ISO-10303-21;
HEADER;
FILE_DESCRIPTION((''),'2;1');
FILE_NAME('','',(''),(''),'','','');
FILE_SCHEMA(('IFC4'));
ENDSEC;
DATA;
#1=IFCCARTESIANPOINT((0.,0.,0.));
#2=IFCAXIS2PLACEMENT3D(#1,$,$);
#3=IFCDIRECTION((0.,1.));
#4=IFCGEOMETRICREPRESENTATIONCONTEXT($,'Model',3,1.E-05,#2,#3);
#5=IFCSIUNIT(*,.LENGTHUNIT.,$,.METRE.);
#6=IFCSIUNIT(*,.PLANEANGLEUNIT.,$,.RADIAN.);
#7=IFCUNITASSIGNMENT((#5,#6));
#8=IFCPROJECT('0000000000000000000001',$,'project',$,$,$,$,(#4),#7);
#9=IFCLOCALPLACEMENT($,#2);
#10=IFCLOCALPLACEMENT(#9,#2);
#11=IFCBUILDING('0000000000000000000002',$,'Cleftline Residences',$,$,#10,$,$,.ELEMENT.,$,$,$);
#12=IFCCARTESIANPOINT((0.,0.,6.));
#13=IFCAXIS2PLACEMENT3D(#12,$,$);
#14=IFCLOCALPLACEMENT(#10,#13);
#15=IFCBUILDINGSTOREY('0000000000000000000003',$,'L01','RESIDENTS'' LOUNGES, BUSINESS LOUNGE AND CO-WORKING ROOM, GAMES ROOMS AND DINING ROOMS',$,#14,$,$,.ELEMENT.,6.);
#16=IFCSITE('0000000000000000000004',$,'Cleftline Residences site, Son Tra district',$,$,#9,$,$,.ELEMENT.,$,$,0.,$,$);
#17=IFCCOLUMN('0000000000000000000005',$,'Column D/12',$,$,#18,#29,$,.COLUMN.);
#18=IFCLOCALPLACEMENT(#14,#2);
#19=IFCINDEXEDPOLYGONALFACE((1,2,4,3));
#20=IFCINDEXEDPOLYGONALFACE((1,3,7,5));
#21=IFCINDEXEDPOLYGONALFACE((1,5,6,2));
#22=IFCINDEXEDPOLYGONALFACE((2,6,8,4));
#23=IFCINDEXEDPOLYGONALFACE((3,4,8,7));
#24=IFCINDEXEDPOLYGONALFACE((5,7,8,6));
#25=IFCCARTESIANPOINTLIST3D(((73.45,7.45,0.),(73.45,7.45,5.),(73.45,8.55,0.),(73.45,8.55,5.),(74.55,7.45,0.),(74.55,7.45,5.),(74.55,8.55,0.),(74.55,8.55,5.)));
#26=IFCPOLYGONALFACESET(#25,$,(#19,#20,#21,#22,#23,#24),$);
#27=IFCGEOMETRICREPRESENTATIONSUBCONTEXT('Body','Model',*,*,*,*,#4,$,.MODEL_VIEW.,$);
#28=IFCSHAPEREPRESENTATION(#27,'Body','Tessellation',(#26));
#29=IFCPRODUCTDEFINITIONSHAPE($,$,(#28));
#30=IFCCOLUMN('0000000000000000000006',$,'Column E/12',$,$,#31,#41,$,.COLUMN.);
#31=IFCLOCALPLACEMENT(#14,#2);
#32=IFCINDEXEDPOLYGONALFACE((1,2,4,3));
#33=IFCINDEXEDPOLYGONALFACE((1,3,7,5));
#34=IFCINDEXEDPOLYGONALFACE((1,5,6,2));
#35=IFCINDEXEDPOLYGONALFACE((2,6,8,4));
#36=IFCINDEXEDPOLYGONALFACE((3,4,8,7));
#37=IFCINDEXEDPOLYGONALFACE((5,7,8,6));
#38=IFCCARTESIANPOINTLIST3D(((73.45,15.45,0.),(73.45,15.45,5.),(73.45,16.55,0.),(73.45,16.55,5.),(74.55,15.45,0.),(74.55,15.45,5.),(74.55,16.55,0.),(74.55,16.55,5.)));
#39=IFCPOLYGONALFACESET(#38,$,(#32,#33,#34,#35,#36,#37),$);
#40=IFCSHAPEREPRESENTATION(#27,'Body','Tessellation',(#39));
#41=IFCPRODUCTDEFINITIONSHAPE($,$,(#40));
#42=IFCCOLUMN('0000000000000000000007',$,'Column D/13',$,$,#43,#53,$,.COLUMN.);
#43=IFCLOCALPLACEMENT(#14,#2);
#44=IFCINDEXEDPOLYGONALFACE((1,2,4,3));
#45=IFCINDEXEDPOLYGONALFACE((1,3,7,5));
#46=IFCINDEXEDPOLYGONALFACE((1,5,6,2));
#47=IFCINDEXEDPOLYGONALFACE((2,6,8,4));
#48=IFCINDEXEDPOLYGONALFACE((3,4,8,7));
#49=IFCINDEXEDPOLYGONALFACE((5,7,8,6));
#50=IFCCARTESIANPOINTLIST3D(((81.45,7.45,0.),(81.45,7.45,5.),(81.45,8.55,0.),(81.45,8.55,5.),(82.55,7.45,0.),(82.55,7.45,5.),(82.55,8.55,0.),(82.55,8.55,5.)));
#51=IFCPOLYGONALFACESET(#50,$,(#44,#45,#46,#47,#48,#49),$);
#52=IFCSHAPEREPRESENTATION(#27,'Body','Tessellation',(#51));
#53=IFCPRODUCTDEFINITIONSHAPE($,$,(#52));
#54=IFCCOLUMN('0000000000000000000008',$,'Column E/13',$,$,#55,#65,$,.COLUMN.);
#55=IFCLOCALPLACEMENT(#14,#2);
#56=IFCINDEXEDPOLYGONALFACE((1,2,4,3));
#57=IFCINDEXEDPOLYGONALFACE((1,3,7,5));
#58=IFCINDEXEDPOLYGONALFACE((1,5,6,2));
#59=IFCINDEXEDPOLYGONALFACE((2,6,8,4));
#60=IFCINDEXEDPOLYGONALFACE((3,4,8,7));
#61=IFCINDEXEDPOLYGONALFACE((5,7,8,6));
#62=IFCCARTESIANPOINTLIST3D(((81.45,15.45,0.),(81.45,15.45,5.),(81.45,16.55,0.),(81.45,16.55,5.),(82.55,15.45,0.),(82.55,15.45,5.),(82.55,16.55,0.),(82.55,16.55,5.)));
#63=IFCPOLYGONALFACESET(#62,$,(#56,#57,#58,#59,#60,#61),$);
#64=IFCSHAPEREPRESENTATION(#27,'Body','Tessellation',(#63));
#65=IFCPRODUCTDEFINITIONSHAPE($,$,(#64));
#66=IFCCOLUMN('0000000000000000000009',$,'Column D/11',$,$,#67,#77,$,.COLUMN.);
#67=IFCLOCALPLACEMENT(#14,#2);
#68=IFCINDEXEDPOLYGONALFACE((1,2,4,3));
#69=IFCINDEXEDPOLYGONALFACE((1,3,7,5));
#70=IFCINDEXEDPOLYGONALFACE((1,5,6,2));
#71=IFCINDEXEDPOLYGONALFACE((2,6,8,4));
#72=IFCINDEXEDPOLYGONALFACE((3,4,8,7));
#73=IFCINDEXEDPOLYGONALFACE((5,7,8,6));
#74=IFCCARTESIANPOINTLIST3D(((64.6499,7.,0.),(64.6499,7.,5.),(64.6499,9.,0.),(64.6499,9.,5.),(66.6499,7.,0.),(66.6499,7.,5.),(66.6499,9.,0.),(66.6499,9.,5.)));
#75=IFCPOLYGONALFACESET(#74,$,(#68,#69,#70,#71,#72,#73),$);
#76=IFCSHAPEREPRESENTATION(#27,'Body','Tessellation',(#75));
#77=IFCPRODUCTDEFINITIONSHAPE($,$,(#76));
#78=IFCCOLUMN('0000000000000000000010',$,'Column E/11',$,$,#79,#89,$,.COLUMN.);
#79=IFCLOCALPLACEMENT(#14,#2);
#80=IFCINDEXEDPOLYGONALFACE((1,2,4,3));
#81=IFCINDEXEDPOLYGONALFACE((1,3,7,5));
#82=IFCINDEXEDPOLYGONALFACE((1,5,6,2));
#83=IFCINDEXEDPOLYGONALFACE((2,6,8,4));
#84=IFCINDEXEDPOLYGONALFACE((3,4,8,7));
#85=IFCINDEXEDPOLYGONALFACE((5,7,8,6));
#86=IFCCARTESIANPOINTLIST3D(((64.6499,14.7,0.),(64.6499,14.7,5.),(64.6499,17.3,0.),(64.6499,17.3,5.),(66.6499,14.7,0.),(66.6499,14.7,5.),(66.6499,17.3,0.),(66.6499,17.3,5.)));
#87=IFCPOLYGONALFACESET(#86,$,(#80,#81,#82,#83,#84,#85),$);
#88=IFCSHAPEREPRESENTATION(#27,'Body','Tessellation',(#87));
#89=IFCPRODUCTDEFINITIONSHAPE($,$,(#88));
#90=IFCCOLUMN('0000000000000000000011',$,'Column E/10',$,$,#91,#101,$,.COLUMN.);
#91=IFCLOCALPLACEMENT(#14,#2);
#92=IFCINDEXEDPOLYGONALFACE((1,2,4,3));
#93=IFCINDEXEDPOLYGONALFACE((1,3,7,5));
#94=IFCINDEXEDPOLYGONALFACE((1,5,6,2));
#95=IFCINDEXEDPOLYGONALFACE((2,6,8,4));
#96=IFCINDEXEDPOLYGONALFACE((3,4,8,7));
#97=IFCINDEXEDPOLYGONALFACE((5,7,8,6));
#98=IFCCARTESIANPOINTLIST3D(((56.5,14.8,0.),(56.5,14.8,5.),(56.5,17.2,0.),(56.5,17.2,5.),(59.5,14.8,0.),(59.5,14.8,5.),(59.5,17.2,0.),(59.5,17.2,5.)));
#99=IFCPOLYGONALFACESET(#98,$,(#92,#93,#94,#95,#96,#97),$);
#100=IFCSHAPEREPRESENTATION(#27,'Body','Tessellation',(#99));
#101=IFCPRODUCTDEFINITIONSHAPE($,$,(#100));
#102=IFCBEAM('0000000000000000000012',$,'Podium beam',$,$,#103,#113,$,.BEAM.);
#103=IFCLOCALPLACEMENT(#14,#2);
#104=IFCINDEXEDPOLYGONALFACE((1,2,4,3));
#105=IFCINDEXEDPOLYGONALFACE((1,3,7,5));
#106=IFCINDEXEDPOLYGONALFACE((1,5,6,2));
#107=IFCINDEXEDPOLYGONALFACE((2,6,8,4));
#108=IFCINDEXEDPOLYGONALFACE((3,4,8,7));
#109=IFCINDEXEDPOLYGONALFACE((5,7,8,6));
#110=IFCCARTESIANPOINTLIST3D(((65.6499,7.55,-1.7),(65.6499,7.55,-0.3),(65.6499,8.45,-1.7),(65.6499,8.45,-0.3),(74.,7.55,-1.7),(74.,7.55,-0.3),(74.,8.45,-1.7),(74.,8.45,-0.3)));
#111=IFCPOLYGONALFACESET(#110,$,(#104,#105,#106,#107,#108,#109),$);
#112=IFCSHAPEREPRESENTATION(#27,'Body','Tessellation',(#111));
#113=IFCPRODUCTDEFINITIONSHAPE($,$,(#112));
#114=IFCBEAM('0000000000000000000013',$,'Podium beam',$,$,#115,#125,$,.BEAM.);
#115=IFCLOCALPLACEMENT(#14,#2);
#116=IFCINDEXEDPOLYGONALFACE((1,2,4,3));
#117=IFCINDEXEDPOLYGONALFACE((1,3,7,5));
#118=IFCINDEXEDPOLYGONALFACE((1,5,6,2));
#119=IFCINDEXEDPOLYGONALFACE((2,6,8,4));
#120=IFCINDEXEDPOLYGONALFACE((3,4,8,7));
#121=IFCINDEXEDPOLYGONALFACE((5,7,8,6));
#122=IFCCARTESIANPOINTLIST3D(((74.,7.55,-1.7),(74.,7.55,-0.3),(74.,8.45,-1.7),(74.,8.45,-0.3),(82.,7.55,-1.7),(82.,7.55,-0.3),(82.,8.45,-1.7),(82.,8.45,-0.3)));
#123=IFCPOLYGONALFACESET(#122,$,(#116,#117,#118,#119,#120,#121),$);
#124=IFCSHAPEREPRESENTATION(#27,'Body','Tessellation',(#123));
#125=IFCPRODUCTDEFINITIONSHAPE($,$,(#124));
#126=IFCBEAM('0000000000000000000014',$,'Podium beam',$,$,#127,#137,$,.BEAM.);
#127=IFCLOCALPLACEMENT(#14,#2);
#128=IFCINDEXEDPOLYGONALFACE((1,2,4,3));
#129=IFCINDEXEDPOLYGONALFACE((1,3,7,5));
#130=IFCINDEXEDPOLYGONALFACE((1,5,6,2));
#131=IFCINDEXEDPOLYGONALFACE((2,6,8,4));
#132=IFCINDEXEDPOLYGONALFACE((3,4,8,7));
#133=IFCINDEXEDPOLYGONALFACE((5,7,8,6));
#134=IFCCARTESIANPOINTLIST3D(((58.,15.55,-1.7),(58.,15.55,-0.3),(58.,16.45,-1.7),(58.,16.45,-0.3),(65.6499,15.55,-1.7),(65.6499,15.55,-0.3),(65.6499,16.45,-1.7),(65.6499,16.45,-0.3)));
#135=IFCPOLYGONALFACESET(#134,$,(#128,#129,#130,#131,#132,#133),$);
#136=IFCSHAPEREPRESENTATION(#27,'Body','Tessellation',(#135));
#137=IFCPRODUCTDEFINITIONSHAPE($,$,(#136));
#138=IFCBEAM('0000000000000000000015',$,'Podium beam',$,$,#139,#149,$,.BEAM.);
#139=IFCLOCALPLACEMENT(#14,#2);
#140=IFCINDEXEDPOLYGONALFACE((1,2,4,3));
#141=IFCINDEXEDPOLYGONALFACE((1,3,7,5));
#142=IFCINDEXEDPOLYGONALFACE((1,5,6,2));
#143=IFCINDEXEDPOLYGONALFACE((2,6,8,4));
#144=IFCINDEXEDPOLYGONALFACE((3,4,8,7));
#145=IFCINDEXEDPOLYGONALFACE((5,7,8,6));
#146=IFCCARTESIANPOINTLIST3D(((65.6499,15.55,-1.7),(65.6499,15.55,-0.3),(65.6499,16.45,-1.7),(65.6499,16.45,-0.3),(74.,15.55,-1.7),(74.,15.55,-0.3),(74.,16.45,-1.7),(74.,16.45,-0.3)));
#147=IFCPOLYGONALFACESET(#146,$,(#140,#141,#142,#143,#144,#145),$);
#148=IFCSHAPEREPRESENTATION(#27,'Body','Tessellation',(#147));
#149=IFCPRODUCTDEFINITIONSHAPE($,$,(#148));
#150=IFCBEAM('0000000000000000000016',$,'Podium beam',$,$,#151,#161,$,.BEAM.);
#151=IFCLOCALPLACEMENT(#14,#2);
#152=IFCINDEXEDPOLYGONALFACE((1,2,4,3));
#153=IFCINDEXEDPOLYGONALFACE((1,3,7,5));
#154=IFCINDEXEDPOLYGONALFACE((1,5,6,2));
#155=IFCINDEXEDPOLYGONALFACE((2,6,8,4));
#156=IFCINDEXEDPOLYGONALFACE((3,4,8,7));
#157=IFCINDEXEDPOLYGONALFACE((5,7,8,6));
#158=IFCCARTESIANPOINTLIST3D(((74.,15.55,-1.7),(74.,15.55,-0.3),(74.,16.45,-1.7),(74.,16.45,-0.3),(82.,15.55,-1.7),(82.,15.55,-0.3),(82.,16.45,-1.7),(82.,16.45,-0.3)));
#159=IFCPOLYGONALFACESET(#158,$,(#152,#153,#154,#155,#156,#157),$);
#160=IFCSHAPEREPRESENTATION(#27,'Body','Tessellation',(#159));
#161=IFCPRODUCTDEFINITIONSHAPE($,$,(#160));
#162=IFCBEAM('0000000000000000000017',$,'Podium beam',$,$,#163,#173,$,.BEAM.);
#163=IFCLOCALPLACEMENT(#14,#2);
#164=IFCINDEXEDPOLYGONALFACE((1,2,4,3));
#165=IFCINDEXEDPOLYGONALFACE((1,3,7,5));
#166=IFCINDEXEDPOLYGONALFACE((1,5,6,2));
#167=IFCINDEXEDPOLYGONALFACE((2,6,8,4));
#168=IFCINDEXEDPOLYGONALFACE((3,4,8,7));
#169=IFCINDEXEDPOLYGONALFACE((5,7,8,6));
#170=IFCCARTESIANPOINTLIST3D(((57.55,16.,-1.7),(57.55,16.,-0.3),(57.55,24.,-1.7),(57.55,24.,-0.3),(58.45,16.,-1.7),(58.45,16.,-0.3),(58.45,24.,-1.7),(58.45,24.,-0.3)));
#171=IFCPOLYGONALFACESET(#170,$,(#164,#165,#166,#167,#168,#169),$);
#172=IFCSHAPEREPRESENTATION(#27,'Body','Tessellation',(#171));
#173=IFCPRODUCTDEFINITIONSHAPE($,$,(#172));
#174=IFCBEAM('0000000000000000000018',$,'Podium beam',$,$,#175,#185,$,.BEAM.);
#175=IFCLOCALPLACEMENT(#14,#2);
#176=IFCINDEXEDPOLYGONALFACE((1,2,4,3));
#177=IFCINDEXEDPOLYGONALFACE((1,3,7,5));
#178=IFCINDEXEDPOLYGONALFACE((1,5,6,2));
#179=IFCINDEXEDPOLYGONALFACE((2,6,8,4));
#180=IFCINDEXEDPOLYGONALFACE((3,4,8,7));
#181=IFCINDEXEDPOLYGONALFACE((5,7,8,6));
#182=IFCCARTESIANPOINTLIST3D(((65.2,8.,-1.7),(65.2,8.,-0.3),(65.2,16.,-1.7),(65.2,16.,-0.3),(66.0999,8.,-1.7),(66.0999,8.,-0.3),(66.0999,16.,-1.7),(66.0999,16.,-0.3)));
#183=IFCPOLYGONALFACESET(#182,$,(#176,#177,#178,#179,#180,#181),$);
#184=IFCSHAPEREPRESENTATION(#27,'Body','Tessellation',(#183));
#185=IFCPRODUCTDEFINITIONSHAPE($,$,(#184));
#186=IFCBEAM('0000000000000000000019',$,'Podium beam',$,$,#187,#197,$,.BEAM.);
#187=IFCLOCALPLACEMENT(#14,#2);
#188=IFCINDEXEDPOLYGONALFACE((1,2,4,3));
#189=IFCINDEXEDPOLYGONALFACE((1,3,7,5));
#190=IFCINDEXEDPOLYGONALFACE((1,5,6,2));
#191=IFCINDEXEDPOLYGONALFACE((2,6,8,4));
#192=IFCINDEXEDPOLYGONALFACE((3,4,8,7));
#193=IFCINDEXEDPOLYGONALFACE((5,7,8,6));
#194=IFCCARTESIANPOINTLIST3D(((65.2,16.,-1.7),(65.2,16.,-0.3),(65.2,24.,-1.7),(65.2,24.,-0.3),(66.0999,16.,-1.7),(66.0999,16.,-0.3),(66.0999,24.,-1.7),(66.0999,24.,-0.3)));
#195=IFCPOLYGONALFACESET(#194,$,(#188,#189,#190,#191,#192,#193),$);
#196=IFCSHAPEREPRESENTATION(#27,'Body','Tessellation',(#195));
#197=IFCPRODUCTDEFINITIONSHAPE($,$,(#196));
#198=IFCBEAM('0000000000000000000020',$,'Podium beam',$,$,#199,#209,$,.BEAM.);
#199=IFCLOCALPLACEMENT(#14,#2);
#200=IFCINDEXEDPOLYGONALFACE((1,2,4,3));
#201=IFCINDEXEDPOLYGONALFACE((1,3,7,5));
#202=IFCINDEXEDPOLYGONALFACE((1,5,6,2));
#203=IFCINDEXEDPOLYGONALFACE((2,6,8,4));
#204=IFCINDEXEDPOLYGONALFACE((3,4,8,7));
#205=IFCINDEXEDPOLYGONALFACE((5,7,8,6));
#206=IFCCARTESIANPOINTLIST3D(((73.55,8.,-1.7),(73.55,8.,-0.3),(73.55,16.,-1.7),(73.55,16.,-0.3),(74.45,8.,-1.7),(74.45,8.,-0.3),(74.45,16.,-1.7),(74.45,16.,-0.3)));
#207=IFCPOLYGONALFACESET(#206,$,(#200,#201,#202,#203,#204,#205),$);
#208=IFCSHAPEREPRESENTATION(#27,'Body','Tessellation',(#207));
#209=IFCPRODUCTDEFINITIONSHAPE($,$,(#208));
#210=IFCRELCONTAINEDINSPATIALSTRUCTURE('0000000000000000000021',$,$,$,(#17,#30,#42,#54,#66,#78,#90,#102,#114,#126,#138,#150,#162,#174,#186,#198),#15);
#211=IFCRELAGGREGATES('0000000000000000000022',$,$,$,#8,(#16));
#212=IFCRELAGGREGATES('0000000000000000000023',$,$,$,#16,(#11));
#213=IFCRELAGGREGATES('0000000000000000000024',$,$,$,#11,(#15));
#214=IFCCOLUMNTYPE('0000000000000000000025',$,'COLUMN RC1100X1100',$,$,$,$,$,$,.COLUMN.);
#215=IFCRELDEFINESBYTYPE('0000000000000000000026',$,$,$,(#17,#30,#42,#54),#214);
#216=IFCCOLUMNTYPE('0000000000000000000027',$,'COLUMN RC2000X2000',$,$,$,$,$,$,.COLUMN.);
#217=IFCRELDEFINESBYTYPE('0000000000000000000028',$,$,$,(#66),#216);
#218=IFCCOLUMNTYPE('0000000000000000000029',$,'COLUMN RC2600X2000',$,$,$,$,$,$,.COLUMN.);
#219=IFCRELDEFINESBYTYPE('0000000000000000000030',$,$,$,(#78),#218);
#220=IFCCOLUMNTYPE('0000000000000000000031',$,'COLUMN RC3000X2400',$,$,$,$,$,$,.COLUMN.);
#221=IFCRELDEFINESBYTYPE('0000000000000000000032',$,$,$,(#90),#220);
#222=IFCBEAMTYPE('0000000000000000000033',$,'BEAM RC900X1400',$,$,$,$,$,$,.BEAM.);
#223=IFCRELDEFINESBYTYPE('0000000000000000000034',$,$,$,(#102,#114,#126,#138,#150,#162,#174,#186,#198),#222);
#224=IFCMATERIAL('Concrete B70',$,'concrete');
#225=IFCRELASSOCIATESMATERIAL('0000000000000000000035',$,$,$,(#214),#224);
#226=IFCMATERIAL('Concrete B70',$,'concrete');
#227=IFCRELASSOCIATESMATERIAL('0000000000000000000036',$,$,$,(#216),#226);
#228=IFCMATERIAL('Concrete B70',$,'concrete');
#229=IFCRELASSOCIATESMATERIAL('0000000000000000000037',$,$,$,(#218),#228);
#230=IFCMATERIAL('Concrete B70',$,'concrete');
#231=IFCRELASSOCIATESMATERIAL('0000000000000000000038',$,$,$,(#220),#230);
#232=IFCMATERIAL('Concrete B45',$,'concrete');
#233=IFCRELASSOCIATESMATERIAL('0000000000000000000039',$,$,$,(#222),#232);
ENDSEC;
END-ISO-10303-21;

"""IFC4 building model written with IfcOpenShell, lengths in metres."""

from ifc_helpers import new_model, si_unit, direction, frame, origin, origin_2d, place, context, subcontext, project, spatial, rectangle, extrude, material, material_profile, profile_set, type_object, element, save


model = new_model("IFC4")

# Units and contexts
model_context = context("Model", 3, precision=1e-05, world=origin(), true_north=direction((0.0, 1.0)))
body_context = subcontext(model_context, "Body", "Model", "MODEL_VIEW")
ifc_project = project(units=[si_unit("LENGTHUNIT", "METRE"), si_unit("PLANEANGLEUNIT", "RADIAN")], contexts=[model_context])

# Site, building, storey
site_placement = place(None, origin())
site = spatial("IfcSite", under=ifc_project, at=site_placement, Name="Cleftline Residences site, Son Tra district", CompositionType="ELEMENT", RefElevation=0.0)
building_placement = place(site_placement, origin())
building = spatial("IfcBuilding", under=site, at=building_placement, Name="Cleftline Residences", CompositionType="ELEMENT")
storey_placement = place(building_placement, frame((0.0, 0.0, 6.0)))
storey = spatial("IfcBuildingStorey", under=building, at=storey_placement, Name="L01", Description="RESIDENTS' LOUNGES, BUSINESS LOUNGE AND CO-WORKING ROOM, GAMES ROOMS AND DINING ROOMS", CompositionType="ELEMENT", Elevation=6.0)

# Columns
ifc_material_1 = material(Name="Concrete B70", Category="concrete")
ifc_material_profile_1 = material_profile(ifc_material_1, rectangle(XDim=1.1001, YDim=1.1001, at=origin_2d()))
ifc_profile_set_1 = profile_set([ifc_material_profile_1], Name="Concrete B70")
column_type_1 = type_object("IfcColumnType", Name="COLUMN RC1100X1100", PredefinedType="COLUMN", material=ifc_profile_set_1)
for number, where, z_axis, x_axis, name in (
    (1, (74.0, 8.0, 0.0), (0.0, 0.0, 1.0), (1.0, 0.0, 0.0), "Column D/12"),
    (2, (74.0, 16.0, 0.0), (0.0, 0.0, 1.0), (1.0, 0.0, 0.0), "Column E/12"),
    (3, (82.0, 8.0, 0.0), (0.0, 0.0, 1.0), (1.0, 0.0, 0.0), "Column D/13"),
    (4, (82.0, 16.0, 0.0), (0.0, 0.0, 1.0), (1.0, 0.0, 0.0), "Column E/13"),
):
    element("IfcColumn", number, at=place(storey_placement, frame(where, z_axis=z_axis, x_axis=x_axis)), inside=storey, type_object=column_type_1, Name=name, PredefinedType="COLUMN", context=body_context, shape_type="SweptSolid", body=[
        extrude(rectangle(XDim=1.1001, YDim=1.1001, at=origin_2d()), origin(), (0.0, 0.0, 1.0), 5.0),
    ])
ifc_material_2 = material(Name="Concrete B70", Category="concrete")
ifc_material_profile_2 = material_profile(ifc_material_2, rectangle(XDim=2.0, YDim=2.0, at=origin_2d()))
ifc_profile_set_2 = profile_set([ifc_material_profile_2], Name="Concrete B70")
column_type_2 = type_object("IfcColumnType", Name="COLUMN RC2000X2000", PredefinedType="COLUMN", material=ifc_profile_set_2)
column_1_placement = place(storey_placement, frame((65.6499, 8.0, 0.0), z_axis=(0.0, 0.0, 1.0), x_axis=(1.0, 0.0, 0.0)))
element("IfcColumn", 5, at=column_1_placement, inside=storey, type_object=column_type_2, Name="Column D/11", PredefinedType="COLUMN", context=body_context, shape_type="SweptSolid", body=[
    extrude(rectangle(XDim=2.0, YDim=2.0, at=origin_2d()), origin(), (0.0, 0.0, 1.0), 5.0),
])
ifc_material_3 = material(Name="Concrete B70", Category="concrete")
ifc_material_profile_3 = material_profile(ifc_material_3, rectangle(XDim=2.6001, YDim=2.0, at=origin_2d()))
ifc_profile_set_3 = profile_set([ifc_material_profile_3], Name="Concrete B70")
column_type_3 = type_object("IfcColumnType", Name="COLUMN RC2600X2000", PredefinedType="COLUMN", material=ifc_profile_set_3)
column_2_placement = place(storey_placement, frame((65.6499, 16.0, 0.0), z_axis=(0.0, 0.0, 1.0), x_axis=(0.0, 1.0, 0.0)))
element("IfcColumn", 6, at=column_2_placement, inside=storey, type_object=column_type_3, Name="Column E/11", PredefinedType="COLUMN", context=body_context, shape_type="SweptSolid", body=[
    extrude(rectangle(XDim=2.6001, YDim=2.0, at=origin_2d()), origin(), (0.0, 0.0, 1.0), 5.0),
])
ifc_material_4 = material(Name="Concrete B70", Category="concrete")
ifc_material_profile_4 = material_profile(ifc_material_4, rectangle(XDim=3.0, YDim=2.3999, at=origin_2d()))
ifc_profile_set_4 = profile_set([ifc_material_profile_4], Name="Concrete B70")
column_type_4 = type_object("IfcColumnType", Name="COLUMN RC3000X2400", PredefinedType="COLUMN", material=ifc_profile_set_4)
column_3_placement = place(storey_placement, frame((58.0, 16.0, 0.0), z_axis=(0.0, 0.0, 1.0), x_axis=(1.0, 0.0, 0.0)))
element("IfcColumn", 7, at=column_3_placement, inside=storey, type_object=column_type_4, Name="Column E/10", PredefinedType="COLUMN", context=body_context, shape_type="SweptSolid", body=[
    extrude(rectangle(XDim=3.0, YDim=2.3999, at=origin_2d()), origin(), (0.0, 0.0, 1.0), 5.0),
])

# Beams
ifc_material_5 = material(Name="Concrete B45", Category="concrete")
ifc_material_profile_5 = material_profile(ifc_material_5, rectangle(XDim=0.8999, YDim=1.3999, at=origin_2d()))
ifc_profile_set_5 = profile_set([ifc_material_profile_5], Name="Concrete B45")
beam_type = type_object("IfcBeamType", Name="BEAM RC900X1400", PredefinedType="BEAM", material=ifc_profile_set_5)
beam_1_placement = place(storey_placement, frame((65.6499, 8.0, -1.0), z_axis=(1.0, 0.0, 0.0), x_axis=(0.0, 1.0, 0.0)))
element("IfcBeam", 8, at=beam_1_placement, inside=storey, type_object=beam_type, Name="Podium beam", PredefinedType="BEAM", context=body_context, shape_type="SweptSolid", body=[
    extrude(rectangle(XDim=0.8999, YDim=1.3999, at=origin_2d()), origin(), (0.0, 0.0, 1.0), 8.3501),
])
beam_2_placement = place(storey_placement, frame((74.0, 8.0, -1.0), z_axis=(1.0, 0.0, 0.0), x_axis=(0.0, 1.0, 0.0)))
element("IfcBeam", 9, at=beam_2_placement, inside=storey, type_object=beam_type, Name="Podium beam", PredefinedType="BEAM", context=body_context, shape_type="SweptSolid", body=[
    extrude(rectangle(XDim=0.8999, YDim=1.3999, at=origin_2d()), origin(), (0.0, 0.0, 1.0), 8.0),
])
beam_3_placement = place(storey_placement, frame((58.0, 16.0, -1.0), z_axis=(1.0, 0.0, 0.0), x_axis=(0.0, 1.0, 0.0)))
element("IfcBeam", 10, at=beam_3_placement, inside=storey, type_object=beam_type, Name="Podium beam", PredefinedType="BEAM", context=body_context, shape_type="SweptSolid", body=[
    extrude(rectangle(XDim=0.8999, YDim=1.3999, at=origin_2d()), origin(), (0.0, 0.0, 1.0), 7.6499),
])
beam_4_placement = place(storey_placement, frame((65.6499, 16.0, -1.0), z_axis=(1.0, 0.0, 0.0), x_axis=(0.0, 1.0, 0.0)))
element("IfcBeam", 11, at=beam_4_placement, inside=storey, type_object=beam_type, Name="Podium beam", PredefinedType="BEAM", context=body_context, shape_type="SweptSolid", body=[
    extrude(rectangle(XDim=0.8999, YDim=1.3999, at=origin_2d()), origin(), (0.0, 0.0, 1.0), 8.3501),
])
for number, where, z_axis, x_axis, name in (
    (12, (74.0, 16.0, -1.0), (1.0, 0.0, 0.0), (0.0, 1.0, 0.0), "Podium beam"),
    (13, (58.0, 16.0, -1.0), (0.0, 1.0, 0.0), (-1.0, 0.0, 0.0), "Podium beam"),
    (14, (65.6499, 8.0, -1.0), (0.0, 1.0, 0.0), (-1.0, 0.0, 0.0), "Podium beam"),
    (15, (65.6499, 16.0, -1.0), (0.0, 1.0, 0.0), (-1.0, 0.0, 0.0), "Podium beam"),
    (16, (74.0, 8.0, -1.0), (0.0, 1.0, 0.0), (-1.0, 0.0, 0.0), "Podium beam"),
):
    element("IfcBeam", number, at=place(storey_placement, frame(where, z_axis=z_axis, x_axis=x_axis)), inside=storey, type_object=beam_type, Name=name, PredefinedType="BEAM", context=body_context, shape_type="SweptSolid", body=[
        extrude(rectangle(XDim=0.8999, YDim=1.3999, at=origin_2d()), origin(), (0.0, 0.0, 1.0), 8.0),
    ])

save(model, "model.ifc")
